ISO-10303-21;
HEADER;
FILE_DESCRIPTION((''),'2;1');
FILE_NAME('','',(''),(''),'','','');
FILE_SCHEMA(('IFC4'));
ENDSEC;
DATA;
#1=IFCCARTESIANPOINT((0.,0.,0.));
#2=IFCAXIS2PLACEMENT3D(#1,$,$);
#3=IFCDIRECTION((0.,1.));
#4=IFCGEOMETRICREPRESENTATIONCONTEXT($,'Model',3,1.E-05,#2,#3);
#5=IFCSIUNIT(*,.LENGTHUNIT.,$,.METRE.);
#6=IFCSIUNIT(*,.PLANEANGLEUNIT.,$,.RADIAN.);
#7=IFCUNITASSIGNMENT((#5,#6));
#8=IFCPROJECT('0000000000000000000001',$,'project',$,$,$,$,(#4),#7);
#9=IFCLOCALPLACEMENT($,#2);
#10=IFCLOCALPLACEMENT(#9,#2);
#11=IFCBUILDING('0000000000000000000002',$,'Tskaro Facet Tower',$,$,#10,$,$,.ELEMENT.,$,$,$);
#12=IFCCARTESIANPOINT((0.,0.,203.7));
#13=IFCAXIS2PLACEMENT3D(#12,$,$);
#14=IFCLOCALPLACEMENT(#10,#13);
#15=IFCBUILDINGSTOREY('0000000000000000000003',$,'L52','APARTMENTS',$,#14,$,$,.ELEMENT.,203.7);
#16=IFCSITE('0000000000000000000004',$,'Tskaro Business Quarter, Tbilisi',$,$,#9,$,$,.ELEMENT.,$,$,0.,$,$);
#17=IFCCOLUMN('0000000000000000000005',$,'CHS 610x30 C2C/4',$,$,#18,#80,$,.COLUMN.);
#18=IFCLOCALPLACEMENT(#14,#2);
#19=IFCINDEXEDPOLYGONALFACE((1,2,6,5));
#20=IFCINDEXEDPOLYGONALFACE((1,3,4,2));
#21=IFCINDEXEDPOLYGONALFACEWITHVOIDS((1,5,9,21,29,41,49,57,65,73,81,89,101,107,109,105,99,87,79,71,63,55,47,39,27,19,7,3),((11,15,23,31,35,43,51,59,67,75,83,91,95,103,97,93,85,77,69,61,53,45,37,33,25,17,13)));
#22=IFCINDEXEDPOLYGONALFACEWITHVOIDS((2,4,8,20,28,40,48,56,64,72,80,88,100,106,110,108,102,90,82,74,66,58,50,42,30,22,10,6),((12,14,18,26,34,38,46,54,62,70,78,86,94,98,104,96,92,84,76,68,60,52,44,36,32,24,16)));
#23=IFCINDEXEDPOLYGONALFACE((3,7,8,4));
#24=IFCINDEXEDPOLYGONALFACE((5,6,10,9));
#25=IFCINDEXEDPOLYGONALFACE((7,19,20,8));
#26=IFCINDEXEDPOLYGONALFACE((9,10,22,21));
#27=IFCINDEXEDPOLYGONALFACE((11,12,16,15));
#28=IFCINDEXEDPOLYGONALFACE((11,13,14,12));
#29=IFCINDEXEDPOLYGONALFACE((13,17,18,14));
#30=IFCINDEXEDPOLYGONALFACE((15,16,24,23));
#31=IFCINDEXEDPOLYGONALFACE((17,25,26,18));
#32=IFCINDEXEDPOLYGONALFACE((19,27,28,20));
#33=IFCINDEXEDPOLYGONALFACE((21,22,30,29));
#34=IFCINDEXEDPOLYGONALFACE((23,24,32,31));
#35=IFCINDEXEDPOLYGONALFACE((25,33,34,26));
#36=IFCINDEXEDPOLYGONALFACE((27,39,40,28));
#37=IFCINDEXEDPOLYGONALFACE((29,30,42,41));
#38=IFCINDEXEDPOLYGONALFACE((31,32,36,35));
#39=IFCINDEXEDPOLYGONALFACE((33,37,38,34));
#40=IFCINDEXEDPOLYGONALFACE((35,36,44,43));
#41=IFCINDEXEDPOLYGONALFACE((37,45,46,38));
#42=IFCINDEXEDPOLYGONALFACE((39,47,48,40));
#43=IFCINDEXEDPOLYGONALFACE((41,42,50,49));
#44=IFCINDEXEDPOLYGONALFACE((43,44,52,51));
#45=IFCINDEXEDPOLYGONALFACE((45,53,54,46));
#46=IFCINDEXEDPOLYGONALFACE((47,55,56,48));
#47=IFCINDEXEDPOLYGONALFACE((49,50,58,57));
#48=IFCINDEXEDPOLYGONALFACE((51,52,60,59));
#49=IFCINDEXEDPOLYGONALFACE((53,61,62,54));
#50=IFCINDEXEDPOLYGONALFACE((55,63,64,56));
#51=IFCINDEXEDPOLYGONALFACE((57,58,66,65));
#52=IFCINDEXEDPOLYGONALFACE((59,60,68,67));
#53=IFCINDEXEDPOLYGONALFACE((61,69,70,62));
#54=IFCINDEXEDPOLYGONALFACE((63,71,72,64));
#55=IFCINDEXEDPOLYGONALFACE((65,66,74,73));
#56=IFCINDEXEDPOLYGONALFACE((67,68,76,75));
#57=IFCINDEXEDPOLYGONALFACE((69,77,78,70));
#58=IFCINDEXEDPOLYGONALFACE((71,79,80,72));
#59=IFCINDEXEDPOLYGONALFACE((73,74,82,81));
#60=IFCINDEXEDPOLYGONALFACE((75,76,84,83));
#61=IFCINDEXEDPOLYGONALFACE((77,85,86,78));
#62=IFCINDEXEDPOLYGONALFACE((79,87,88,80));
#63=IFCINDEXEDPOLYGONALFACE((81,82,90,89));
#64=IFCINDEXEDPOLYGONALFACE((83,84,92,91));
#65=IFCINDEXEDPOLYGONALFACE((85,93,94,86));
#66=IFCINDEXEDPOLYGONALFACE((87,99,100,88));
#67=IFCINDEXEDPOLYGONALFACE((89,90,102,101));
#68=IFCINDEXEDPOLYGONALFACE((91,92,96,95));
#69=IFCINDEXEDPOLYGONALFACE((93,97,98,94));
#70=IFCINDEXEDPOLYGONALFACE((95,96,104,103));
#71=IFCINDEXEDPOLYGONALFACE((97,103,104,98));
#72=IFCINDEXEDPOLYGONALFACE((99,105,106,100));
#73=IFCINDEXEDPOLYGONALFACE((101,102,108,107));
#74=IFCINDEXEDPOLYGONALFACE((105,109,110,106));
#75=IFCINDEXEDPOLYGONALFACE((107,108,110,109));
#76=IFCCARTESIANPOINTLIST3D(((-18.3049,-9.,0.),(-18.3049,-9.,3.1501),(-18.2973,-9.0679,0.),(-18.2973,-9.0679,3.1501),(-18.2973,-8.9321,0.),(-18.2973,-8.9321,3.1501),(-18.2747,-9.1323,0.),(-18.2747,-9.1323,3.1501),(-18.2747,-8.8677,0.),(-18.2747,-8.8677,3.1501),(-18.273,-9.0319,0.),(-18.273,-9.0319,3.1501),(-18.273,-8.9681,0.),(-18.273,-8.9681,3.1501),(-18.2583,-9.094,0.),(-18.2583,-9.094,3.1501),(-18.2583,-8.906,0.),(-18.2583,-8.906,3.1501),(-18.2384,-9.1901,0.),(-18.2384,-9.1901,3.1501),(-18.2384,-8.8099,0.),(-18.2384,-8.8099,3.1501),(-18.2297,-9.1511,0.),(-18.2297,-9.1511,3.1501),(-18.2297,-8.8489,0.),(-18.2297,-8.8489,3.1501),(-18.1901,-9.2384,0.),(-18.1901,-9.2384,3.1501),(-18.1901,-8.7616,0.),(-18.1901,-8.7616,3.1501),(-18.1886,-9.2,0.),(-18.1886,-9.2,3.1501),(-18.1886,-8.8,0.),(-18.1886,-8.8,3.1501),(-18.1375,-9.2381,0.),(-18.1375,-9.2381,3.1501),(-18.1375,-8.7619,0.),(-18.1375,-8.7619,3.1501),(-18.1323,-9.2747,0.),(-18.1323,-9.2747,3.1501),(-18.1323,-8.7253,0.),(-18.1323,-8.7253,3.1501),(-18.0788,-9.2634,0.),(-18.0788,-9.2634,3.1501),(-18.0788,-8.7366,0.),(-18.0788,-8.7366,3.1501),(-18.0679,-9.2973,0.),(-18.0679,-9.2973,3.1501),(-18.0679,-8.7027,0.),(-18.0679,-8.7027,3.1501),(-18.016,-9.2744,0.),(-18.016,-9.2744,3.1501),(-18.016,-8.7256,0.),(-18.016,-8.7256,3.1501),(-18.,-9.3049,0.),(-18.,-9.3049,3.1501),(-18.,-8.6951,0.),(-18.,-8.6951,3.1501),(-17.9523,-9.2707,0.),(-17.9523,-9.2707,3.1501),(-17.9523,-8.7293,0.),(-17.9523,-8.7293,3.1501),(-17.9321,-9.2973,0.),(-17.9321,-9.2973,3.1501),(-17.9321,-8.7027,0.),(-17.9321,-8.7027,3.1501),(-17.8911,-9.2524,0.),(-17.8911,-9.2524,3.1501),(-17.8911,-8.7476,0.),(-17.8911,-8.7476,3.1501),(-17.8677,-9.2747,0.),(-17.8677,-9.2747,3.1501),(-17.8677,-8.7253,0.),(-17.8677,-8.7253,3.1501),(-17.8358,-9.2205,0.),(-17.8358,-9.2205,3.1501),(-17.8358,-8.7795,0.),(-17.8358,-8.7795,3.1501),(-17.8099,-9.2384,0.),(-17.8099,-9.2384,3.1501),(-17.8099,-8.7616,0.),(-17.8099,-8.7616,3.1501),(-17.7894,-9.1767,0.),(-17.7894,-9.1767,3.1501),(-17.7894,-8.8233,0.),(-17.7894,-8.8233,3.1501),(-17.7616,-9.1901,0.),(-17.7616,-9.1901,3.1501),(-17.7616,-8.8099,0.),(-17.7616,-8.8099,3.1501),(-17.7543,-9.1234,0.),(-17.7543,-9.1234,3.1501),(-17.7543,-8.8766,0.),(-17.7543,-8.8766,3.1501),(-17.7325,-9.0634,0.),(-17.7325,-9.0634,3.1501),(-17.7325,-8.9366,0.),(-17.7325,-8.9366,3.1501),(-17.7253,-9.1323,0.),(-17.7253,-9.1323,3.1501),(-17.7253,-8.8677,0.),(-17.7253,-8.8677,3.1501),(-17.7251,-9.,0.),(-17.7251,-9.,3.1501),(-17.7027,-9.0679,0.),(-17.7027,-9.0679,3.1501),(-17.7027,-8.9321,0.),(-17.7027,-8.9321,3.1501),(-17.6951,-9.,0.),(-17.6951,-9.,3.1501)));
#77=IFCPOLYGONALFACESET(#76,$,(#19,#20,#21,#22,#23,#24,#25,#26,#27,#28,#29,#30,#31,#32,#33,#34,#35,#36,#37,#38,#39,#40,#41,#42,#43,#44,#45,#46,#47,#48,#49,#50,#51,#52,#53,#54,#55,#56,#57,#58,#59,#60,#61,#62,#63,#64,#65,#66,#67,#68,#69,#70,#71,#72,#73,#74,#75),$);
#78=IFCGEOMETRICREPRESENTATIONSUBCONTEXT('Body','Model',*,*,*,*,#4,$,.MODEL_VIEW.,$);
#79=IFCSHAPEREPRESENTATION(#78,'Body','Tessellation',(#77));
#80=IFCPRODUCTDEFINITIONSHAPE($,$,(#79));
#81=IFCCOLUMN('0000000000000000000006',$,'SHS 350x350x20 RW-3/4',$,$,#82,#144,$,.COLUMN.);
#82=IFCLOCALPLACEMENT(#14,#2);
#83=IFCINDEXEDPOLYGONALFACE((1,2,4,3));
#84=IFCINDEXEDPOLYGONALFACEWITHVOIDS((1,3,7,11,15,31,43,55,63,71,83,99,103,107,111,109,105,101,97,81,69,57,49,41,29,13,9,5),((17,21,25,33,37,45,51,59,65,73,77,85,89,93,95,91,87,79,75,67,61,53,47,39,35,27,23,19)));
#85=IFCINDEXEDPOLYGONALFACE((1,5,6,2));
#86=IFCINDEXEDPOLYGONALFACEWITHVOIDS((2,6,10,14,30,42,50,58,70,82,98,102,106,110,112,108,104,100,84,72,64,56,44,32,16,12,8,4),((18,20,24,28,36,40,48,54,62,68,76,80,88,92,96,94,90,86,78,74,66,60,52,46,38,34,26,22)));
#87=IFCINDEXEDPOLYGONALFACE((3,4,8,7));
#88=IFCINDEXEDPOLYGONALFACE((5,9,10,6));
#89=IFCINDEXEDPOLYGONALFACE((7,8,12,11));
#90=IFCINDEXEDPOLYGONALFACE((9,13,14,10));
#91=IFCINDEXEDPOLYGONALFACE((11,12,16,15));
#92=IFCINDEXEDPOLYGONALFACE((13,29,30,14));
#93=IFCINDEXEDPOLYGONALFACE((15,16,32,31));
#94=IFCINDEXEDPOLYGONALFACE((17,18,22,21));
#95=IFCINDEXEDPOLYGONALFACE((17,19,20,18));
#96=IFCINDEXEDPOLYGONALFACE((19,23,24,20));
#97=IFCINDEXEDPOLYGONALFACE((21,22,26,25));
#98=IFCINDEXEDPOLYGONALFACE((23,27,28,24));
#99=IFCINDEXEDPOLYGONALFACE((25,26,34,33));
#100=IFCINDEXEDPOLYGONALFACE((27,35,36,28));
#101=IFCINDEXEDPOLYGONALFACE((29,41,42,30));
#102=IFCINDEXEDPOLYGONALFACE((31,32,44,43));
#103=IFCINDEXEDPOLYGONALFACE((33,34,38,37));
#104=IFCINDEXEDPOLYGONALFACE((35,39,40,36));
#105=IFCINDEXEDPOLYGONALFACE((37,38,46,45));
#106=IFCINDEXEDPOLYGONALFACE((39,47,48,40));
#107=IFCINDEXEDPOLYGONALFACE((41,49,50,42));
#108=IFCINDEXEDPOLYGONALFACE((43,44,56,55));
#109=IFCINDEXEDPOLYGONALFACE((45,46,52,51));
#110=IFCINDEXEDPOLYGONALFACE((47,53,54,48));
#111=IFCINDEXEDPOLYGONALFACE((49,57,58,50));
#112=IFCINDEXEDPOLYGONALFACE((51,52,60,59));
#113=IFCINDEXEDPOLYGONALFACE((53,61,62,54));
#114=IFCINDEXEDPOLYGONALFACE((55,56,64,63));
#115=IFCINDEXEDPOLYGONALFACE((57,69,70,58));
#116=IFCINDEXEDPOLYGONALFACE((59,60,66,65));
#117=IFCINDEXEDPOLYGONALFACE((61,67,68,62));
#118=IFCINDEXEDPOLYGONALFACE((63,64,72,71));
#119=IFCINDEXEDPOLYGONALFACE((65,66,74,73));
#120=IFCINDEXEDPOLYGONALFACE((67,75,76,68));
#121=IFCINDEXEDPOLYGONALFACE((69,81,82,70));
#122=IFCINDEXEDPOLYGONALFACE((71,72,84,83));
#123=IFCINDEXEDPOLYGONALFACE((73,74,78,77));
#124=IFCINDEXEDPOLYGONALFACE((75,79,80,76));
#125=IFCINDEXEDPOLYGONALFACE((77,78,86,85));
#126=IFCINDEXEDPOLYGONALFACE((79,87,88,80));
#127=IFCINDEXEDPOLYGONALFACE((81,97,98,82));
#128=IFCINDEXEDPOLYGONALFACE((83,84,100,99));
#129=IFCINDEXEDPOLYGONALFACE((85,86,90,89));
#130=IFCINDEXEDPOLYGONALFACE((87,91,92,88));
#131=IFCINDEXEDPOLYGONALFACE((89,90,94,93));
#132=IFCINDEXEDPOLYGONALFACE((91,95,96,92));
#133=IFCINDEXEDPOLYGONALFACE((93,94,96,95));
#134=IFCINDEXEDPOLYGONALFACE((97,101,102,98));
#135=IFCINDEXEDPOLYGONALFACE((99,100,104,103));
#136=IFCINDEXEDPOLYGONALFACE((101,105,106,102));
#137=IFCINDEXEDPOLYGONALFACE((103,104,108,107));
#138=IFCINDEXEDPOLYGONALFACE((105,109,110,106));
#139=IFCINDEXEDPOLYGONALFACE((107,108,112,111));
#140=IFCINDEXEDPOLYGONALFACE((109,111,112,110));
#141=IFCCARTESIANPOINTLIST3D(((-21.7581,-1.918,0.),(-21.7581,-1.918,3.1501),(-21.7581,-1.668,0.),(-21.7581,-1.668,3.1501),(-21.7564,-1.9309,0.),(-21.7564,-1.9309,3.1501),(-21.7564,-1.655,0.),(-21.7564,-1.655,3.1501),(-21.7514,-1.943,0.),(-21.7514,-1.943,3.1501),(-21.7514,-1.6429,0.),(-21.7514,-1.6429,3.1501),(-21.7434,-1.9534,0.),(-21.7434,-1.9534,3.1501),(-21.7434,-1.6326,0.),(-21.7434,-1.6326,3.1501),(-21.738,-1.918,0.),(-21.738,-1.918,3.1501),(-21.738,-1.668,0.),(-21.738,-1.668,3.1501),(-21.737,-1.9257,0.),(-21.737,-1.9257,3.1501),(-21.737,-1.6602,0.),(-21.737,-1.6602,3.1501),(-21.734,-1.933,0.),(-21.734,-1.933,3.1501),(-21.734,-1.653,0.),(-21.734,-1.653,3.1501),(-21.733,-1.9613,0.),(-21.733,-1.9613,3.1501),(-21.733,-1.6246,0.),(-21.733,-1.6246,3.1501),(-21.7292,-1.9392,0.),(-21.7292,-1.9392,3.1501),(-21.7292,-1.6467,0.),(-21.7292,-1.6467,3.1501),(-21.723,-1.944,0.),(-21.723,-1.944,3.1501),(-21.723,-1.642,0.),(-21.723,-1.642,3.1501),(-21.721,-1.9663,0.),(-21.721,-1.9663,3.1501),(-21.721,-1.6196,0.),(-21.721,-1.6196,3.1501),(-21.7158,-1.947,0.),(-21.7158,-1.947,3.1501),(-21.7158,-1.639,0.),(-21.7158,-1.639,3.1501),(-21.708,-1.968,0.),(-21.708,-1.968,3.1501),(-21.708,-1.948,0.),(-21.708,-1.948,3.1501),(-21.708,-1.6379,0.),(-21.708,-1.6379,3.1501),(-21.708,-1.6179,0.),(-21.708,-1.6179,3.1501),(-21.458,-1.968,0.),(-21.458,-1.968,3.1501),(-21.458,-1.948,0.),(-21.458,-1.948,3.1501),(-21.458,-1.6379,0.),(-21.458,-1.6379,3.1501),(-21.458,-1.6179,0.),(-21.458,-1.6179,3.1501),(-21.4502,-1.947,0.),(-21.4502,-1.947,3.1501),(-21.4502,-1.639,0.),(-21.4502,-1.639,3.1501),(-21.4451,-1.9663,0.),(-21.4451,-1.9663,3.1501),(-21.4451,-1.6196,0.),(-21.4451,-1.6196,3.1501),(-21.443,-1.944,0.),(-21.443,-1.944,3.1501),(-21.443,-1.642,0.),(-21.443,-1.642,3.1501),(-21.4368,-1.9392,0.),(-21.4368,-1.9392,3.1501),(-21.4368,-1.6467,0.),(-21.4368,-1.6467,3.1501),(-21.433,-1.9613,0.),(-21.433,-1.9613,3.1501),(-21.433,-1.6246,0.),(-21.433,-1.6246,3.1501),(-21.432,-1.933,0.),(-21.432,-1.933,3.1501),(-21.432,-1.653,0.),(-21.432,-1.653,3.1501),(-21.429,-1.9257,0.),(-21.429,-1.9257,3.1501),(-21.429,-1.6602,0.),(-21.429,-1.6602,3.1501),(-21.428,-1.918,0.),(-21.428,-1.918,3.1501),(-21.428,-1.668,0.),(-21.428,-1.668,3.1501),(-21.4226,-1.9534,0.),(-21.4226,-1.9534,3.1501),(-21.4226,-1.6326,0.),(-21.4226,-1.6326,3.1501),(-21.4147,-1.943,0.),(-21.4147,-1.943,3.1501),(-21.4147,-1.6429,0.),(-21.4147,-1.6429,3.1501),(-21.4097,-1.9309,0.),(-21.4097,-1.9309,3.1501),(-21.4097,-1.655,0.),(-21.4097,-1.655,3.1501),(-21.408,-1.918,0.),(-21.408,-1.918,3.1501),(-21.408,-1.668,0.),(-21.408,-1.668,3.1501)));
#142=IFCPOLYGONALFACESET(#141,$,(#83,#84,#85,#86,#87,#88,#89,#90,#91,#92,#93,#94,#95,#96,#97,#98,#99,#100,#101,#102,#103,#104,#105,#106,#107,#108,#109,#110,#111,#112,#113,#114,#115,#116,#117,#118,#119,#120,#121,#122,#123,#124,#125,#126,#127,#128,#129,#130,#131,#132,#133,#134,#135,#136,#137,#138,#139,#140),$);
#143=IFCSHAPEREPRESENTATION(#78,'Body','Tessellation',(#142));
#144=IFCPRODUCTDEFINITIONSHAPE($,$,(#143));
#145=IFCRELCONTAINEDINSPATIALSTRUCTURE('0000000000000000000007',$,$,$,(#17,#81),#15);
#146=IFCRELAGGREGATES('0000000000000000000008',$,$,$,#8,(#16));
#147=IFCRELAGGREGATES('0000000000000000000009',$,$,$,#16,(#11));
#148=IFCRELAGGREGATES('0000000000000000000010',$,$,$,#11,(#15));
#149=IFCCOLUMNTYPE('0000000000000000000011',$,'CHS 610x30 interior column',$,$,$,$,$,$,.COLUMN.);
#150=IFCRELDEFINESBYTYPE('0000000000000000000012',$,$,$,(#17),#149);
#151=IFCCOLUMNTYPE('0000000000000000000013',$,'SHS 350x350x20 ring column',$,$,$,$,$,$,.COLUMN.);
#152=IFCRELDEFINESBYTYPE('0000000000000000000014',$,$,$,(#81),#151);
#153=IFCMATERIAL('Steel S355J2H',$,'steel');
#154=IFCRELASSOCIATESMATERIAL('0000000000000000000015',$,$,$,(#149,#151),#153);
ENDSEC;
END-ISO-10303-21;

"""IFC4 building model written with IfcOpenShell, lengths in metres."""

from ifc_helpers import new_model, si_unit, direction, frame, origin, origin_2d, place, context, subcontext, project, spatial, hollow_rectangle, hollow_circle, extrude, material, material_profile, profile_set, type_object, element, save


model = new_model("IFC4")

# Units and contexts
model_context = context("Model", 3, precision=1e-05, world=origin(), true_north=direction((0.0, 1.0)))
body_context = subcontext(model_context, "Body", "Model", "MODEL_VIEW")
ifc_project = project(units=[si_unit("LENGTHUNIT", "METRE"), si_unit("PLANEANGLEUNIT", "RADIAN")], contexts=[model_context])

# Site, building, storey
site_placement = place(None, origin())
site = spatial("IfcSite", under=ifc_project, at=site_placement, Name="Tskaro Business Quarter, Tbilisi", CompositionType="ELEMENT", RefElevation=0.0)
building_placement = place(site_placement, origin())
building = spatial("IfcBuilding", under=site, at=building_placement, Name="Tskaro Facet Tower", CompositionType="ELEMENT")
storey_placement = place(building_placement, frame((0.0, 0.0, 203.7)))
storey = spatial("IfcBuildingStorey", under=building, at=storey_placement, Name="L52", Description="APARTMENTS", CompositionType="ELEMENT", Elevation=203.7)

# Columns
ifc_material_1 = material(Name="Steel S355J2H", Category="steel")
ifc_material_profile_1 = material_profile(ifc_material_1, hollow_circle(Radius=0.3049, WallThickness=0.03, at=origin_2d()), Name="CHS 610x30")
ifc_profile_set_1 = profile_set([ifc_material_profile_1], Name="Steel S355J2H")
column_type_1 = type_object("IfcColumnType", Name="CHS 610x30 interior column", PredefinedType="COLUMN", material=ifc_profile_set_1)
column_placement = place(storey_placement, frame((-18.0, -9.0, 0.0), z_axis=(0.0, 0.0, 1.0), x_axis=(1.0, 0.0, 0.0)))
element("IfcColumn", 1, at=column_placement, inside=storey, type_object=column_type_1, Name="CHS 610x30 C2C/4", PredefinedType="COLUMN", context=body_context, shape_type="SweptSolid", body=[
    extrude(hollow_circle(Radius=0.3049, WallThickness=0.03, at=origin_2d()), origin(), (0.0, 0.0, 1.0), 3.1501),
])
ifc_material_profile_2 = material_profile(ifc_material_1, hollow_rectangle(XDim=0.3501, YDim=0.3501, WallThickness=0.02, InnerFilletRadius=0.03, OuterFilletRadius=0.05, at=origin_2d()), Name="SHS 350x350x20")
ifc_profile_set_2 = profile_set([ifc_material_profile_2], Name="Steel S355J2H")
column_type_2 = type_object("IfcColumnType", Name="SHS 350x350x20 ring column", PredefinedType="COLUMN", material=ifc_profile_set_2)
for number, where, z_axis, x_axis, name in (
    (2, (-21.583, -1.793, 0.0), (0.0, 0.0, 1.0), (1.0, 0.0, 0.0), "SHS 350x350x20 RW-3/4"),
):
    element("IfcColumn", number, at=place(storey_placement, frame(where, z_axis=z_axis, x_axis=x_axis)), inside=storey, type_object=column_type_2, Name=name, PredefinedType="COLUMN", context=body_context, shape_type="SweptSolid", body=[
        extrude(hollow_rectangle(XDim=0.3501, YDim=0.3501, WallThickness=0.02, InnerFilletRadius=0.03, OuterFilletRadius=0.05, at=origin_2d()), origin(), (0.0, 0.0, 1.0), 3.1501),
    ])

save(model, "model.ifc")
